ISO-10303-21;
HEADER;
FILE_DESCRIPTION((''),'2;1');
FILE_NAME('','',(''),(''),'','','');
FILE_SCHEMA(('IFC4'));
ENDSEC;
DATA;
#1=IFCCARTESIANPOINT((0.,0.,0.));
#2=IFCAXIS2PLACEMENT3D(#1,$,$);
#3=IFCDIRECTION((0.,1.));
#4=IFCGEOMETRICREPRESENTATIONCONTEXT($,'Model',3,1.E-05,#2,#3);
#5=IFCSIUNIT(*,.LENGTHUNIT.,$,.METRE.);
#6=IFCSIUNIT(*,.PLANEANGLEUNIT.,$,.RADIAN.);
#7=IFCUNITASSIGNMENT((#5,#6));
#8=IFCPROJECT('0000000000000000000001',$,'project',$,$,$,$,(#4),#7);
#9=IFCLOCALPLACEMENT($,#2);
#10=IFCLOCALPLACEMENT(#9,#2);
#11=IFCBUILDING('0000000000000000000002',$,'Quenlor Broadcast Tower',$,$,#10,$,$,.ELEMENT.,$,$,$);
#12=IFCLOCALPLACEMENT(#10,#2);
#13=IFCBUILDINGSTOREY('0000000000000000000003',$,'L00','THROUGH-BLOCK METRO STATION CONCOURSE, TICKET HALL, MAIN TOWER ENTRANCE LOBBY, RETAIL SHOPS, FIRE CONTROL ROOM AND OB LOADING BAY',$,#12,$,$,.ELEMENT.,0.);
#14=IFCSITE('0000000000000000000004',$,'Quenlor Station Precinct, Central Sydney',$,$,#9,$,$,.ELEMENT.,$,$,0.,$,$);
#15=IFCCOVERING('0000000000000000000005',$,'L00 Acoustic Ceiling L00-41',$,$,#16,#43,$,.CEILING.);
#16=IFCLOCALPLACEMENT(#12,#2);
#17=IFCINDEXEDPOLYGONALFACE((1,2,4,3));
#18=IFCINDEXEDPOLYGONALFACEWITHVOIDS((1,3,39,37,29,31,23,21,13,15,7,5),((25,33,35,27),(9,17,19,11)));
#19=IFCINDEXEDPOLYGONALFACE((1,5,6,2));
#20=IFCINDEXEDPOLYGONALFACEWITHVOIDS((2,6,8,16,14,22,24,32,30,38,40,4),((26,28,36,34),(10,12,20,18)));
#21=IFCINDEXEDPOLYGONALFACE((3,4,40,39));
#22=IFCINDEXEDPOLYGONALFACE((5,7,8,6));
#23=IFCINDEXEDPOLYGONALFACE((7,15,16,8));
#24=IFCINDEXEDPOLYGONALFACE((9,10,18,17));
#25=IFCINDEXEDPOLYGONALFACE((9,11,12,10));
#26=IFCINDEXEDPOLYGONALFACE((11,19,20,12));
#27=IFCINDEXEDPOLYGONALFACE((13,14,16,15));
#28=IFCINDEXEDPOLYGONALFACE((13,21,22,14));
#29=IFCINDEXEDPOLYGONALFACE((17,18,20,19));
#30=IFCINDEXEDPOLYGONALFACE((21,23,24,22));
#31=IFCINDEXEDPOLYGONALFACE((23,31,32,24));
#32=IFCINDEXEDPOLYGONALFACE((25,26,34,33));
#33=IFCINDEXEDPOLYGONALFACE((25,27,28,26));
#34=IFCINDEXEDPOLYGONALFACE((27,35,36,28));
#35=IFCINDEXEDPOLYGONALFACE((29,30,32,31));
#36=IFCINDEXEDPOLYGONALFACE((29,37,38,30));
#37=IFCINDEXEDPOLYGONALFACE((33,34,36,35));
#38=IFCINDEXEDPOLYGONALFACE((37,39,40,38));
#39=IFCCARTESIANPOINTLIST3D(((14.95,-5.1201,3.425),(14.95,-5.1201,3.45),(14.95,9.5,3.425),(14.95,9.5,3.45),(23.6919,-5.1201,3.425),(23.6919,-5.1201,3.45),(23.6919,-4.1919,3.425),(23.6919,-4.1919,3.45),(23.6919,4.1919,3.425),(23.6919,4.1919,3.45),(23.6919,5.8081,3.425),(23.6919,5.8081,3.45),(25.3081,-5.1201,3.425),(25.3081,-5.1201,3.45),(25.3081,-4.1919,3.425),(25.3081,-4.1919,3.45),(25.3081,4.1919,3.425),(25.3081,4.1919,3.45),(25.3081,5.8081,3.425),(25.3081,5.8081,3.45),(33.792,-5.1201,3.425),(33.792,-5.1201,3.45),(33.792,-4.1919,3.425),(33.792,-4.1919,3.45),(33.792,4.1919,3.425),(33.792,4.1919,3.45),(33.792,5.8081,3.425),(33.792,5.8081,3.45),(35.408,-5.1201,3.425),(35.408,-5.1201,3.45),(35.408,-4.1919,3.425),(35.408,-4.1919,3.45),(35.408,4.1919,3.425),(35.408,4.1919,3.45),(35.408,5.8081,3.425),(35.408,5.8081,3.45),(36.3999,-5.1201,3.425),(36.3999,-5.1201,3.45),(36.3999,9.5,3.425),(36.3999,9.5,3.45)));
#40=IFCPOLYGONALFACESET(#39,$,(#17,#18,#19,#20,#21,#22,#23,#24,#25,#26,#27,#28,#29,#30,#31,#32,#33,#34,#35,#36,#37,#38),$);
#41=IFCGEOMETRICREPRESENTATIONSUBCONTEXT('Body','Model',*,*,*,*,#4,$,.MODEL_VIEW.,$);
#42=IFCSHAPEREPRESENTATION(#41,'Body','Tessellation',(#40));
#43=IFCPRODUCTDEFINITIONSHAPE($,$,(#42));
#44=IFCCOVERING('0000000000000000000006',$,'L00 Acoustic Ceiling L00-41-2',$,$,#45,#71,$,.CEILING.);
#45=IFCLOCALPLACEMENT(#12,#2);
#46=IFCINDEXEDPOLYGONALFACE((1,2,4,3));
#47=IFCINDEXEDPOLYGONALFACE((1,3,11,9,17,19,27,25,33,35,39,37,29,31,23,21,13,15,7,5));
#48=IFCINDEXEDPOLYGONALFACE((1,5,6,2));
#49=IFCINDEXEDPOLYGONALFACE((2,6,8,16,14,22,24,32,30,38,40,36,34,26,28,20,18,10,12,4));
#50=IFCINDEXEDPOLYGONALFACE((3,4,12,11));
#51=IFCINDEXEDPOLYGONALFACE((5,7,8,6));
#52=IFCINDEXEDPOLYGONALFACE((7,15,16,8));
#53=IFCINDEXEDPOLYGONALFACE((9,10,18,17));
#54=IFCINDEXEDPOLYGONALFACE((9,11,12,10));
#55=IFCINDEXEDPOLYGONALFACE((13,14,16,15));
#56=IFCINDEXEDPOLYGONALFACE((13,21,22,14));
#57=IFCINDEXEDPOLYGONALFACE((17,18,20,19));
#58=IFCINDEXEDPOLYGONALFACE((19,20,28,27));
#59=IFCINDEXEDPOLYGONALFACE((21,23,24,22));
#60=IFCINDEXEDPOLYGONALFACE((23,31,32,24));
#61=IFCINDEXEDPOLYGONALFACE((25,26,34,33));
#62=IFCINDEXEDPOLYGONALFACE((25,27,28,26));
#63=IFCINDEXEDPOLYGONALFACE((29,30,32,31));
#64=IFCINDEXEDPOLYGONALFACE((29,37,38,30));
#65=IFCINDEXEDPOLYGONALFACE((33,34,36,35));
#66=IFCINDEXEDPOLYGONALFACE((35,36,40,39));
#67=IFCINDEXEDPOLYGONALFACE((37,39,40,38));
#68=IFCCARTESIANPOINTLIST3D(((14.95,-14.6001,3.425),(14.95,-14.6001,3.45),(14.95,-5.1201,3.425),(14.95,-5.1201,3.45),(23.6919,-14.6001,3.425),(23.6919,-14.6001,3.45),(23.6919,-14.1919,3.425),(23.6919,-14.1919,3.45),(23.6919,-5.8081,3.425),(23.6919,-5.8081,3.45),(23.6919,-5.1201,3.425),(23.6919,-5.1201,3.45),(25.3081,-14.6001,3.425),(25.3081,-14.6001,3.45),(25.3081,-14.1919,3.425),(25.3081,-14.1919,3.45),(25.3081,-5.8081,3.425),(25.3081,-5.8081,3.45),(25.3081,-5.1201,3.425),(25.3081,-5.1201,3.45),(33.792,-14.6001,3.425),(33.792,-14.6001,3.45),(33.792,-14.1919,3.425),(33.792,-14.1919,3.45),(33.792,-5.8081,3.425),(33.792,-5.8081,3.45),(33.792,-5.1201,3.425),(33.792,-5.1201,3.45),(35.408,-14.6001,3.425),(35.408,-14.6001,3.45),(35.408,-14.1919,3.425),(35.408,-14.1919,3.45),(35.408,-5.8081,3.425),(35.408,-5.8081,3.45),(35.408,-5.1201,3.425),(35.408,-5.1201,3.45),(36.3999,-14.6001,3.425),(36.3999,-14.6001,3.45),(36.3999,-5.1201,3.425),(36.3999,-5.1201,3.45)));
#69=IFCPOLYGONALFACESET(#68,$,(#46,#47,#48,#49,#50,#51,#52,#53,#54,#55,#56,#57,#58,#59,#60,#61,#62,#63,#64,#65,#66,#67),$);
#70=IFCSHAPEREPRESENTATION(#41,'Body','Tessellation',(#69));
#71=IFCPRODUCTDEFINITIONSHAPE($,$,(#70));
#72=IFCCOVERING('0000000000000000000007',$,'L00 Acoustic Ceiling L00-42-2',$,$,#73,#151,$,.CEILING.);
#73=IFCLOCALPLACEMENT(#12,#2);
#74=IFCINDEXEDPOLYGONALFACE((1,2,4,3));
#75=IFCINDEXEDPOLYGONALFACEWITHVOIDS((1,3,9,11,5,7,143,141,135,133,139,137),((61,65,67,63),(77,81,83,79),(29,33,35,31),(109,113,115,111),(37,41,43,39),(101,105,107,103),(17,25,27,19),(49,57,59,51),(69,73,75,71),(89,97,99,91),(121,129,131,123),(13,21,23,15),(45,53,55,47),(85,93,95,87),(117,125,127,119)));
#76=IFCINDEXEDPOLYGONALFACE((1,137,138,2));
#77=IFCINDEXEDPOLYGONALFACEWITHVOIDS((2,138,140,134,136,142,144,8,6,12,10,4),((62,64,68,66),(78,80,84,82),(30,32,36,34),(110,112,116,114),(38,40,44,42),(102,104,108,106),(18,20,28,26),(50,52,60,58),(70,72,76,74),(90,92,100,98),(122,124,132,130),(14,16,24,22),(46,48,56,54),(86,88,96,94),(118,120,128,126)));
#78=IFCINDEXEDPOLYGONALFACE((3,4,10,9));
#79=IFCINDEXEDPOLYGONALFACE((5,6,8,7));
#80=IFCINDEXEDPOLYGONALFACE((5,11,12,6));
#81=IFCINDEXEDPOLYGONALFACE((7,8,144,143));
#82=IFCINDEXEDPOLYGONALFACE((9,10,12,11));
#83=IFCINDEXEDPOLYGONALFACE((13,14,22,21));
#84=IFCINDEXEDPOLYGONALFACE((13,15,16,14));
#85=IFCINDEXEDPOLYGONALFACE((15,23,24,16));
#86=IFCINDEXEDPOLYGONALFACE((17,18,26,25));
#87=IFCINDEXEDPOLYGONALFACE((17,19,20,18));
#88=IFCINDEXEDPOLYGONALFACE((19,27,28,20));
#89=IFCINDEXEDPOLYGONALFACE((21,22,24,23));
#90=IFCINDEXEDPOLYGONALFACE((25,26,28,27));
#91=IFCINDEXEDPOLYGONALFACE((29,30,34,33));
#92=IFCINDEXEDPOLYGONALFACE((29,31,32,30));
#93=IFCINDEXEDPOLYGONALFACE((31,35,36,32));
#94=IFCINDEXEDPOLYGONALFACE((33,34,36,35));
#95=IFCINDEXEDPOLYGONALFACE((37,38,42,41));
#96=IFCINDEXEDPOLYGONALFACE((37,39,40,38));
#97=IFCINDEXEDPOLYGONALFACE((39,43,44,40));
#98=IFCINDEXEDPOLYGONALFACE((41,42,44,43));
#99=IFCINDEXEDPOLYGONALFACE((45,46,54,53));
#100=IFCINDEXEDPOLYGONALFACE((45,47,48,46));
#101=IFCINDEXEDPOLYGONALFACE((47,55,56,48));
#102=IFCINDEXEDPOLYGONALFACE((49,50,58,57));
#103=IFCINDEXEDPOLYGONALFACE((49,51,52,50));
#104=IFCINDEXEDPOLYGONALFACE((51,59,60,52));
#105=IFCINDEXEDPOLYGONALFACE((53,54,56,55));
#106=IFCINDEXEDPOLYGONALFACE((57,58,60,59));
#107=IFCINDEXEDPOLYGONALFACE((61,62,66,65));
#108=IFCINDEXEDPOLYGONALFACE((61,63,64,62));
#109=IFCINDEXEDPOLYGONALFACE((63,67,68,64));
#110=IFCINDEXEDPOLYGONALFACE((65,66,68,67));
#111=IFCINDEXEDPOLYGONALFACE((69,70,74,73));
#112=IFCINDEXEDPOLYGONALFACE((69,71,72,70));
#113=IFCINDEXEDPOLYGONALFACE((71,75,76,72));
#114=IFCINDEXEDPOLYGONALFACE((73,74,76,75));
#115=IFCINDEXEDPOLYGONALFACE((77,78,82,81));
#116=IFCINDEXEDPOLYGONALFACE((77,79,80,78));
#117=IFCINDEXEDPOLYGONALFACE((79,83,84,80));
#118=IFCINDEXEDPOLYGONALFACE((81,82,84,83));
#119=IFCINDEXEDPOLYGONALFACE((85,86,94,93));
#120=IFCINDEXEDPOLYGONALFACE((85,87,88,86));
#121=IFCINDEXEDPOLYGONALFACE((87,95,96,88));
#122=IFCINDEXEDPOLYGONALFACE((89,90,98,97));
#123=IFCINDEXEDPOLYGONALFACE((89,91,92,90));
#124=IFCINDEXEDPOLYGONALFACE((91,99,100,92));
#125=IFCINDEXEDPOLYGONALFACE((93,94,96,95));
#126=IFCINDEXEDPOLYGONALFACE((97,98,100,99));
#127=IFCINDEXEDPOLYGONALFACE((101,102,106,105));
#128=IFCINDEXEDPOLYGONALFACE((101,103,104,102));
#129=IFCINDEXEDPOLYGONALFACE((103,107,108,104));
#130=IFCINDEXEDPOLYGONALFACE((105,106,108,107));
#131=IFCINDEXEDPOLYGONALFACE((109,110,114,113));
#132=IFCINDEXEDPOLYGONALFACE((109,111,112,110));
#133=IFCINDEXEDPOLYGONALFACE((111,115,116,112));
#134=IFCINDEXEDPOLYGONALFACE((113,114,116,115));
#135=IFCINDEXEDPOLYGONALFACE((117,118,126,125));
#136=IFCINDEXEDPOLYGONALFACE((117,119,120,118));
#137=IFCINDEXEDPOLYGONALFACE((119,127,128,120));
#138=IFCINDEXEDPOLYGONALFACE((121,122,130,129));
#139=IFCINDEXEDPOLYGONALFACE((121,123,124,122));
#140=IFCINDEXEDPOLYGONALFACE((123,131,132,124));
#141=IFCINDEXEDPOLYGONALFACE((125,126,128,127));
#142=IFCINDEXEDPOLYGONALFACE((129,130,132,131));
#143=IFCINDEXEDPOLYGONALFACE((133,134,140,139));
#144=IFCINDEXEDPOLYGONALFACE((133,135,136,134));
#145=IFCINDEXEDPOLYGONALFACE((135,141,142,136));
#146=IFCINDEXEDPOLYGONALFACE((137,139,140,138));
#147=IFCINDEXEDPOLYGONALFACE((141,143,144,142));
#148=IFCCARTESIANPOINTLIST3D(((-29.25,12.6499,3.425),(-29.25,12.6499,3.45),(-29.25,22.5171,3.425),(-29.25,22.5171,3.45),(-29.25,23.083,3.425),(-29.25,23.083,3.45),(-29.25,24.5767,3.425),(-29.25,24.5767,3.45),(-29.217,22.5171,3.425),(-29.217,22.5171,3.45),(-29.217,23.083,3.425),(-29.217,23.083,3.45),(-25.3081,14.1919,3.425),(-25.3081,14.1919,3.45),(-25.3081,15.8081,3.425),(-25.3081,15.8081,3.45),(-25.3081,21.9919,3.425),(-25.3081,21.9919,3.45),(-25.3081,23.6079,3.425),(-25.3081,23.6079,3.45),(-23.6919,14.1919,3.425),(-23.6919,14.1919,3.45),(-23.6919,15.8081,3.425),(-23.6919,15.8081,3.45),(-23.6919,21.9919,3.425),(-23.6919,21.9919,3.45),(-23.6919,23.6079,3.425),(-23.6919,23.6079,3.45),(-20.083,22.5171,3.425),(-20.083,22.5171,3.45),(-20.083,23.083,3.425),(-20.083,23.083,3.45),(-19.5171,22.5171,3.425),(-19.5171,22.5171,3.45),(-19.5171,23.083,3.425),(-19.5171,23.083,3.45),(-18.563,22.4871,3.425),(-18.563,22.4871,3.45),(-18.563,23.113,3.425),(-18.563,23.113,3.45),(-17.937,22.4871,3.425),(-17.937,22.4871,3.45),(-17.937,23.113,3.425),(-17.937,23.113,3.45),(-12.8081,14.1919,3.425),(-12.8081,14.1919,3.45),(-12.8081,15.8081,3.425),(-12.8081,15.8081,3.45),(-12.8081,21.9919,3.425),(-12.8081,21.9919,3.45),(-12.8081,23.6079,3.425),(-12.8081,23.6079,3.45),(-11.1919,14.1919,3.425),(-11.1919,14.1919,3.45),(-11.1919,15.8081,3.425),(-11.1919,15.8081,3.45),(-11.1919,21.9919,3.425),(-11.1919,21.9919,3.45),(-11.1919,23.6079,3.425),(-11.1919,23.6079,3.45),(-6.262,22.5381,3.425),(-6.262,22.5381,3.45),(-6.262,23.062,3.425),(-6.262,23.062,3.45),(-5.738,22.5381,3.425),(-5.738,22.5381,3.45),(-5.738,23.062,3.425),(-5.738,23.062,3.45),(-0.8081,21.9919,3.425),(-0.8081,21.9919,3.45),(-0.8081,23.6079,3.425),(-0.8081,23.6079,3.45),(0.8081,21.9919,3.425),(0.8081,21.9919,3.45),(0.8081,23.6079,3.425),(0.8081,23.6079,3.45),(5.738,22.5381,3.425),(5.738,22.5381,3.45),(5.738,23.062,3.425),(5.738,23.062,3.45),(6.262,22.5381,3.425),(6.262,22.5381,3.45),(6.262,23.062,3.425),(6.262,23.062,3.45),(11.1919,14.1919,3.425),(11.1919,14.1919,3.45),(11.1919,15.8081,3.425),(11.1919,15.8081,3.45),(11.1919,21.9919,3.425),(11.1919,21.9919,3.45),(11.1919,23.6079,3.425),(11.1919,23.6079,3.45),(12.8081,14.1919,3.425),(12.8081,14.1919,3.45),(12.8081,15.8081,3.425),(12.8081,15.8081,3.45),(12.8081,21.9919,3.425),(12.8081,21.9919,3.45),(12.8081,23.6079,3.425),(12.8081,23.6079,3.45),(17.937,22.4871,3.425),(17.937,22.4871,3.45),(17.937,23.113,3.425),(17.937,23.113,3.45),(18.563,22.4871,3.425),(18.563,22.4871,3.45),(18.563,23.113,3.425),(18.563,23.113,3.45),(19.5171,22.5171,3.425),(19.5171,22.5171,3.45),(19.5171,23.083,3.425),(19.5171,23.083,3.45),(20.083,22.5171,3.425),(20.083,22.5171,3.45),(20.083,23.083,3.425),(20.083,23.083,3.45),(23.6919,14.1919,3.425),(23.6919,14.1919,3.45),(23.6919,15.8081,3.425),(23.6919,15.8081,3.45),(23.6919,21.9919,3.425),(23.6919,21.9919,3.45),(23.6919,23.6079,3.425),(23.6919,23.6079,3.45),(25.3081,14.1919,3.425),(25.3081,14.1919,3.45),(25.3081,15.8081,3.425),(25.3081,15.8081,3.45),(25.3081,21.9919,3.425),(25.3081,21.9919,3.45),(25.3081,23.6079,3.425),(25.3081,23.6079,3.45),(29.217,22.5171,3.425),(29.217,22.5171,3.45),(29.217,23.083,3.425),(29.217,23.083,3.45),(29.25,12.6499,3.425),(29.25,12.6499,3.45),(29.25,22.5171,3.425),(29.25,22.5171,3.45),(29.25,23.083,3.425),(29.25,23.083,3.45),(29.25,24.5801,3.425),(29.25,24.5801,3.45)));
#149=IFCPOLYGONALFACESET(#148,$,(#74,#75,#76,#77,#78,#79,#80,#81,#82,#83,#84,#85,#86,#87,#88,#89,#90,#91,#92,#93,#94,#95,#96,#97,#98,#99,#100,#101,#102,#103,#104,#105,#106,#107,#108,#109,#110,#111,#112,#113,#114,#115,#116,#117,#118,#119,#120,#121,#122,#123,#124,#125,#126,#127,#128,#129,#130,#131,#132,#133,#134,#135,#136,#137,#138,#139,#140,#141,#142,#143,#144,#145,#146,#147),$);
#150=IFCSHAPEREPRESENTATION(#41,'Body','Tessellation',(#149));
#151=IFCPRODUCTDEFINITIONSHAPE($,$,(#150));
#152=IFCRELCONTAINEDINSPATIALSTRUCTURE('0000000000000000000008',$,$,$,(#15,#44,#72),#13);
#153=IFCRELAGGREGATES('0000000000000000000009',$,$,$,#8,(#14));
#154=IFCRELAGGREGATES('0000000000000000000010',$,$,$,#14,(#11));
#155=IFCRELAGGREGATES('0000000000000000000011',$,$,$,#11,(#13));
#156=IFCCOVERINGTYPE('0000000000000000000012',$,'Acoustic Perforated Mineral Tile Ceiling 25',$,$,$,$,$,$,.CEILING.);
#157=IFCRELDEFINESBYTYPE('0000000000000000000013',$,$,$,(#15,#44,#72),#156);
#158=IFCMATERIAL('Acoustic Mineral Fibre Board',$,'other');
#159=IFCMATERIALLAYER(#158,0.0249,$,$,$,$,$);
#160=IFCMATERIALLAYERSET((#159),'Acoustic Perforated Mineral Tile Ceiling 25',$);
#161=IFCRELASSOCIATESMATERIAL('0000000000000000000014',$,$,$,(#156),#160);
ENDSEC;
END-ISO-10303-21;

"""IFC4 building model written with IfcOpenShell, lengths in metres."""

from ifc_helpers import new_model, si_unit, direction, frame, origin, place, context, subcontext, project, spatial, polyline, outline, extrude, material, layer, layer_set, type_object, element, save


model = new_model("IFC4")

# Units and contexts
model_context = context("Model", 3, precision=1e-05, world=origin(), true_north=direction((0.0, 1.0)))
body_context = subcontext(model_context, "Body", "Model", "MODEL_VIEW")
ifc_project = project(units=[si_unit("LENGTHUNIT", "METRE"), si_unit("PLANEANGLEUNIT", "RADIAN")], contexts=[model_context])

# Site, building, storey
site_placement = place(None, origin())
site = spatial("IfcSite", under=ifc_project, at=site_placement, Name="Quenlor Station Precinct, Central Sydney", CompositionType="ELEMENT", RefElevation=0.0)
building_placement = place(site_placement, origin())
building = spatial("IfcBuilding", under=site, at=building_placement, Name="Quenlor Broadcast Tower", CompositionType="ELEMENT")
storey_placement = place(building_placement, origin())
storey = spatial("IfcBuildingStorey", under=building, at=storey_placement, Name="L00", Description="THROUGH-BLOCK METRO STATION CONCOURSE, TICKET HALL, MAIN TOWER ENTRANCE LOBBY, RETAIL SHOPS, FIRE CONTROL ROOM AND OB LOADING BAY", CompositionType="ELEMENT", Elevation=0.0)

# Coverings
ifc_material_1 = material(Name="Acoustic Mineral Fibre Board", Category="other")
ifc_layer_1 = layer(ifc_material_1, 0.0249)
ifc_layer_set_1 = layer_set([ifc_layer_1], Name="Acoustic Perforated Mineral Tile Ceiling 25")
covering_type_1 = type_object("IfcCoveringType", Name="Acoustic Perforated Mineral Tile Ceiling 25", PredefinedType="CEILING", material=ifc_layer_set_1)
covering_1_placement = place(storey_placement, frame((0.0, 0.0, 3.425)))
element("IfcCovering", 1, at=covering_1_placement, inside=storey, type_object=covering_type_1, Name="L00 Acoustic Ceiling L00-41", PredefinedType="CEILING", context=body_context, shape_type="SweptSolid", body=[
    extrude(outline(polyline([(36.3999, -5.1201), (35.408, -5.1201), (35.408, -4.1919), (33.792, -4.1919), (33.792, -5.1201), (25.3081, -5.1201), (25.3081, -4.1919), (23.6919, -4.1919), (23.6919, -5.1201), (14.95, -5.1201), (14.95, 9.5), (36.3999, 9.5), (36.3999, -5.1201)]), holes=[polyline([(25.3081, 4.1919), (25.3081, 5.8081), (23.6919, 5.8081), (23.6919, 4.1919), (25.3081, 4.1919)]), polyline([(35.408, 4.1919), (35.408, 5.8081), (33.792, 5.8081), (33.792, 4.1919), (35.408, 4.1919)])]), origin(), (0.0, 0.0, 1.0), 0.0249),
])
covering_2_placement = place(storey_placement, frame((0.0, 0.0, 3.425)))
element("IfcCovering", 2, at=covering_2_placement, inside=storey, type_object=covering_type_1, Name="L00 Acoustic Ceiling L00-41-2", PredefinedType="CEILING", context=body_context, shape_type="SweptSolid", body=[
    extrude(outline(polyline([(36.3999, -14.6001), (35.408, -14.6001), (35.408, -14.1919), (33.792, -14.1919), (33.792, -14.6001), (25.3081, -14.6001), (25.3081, -14.1919), (23.6919, -14.1919), (23.6919, -14.6001), (14.95, -14.6001), (14.95, -5.1201), (23.6919, -5.1201), (23.6919, -5.8081), (25.3081, -5.8081), (25.3081, -5.1201), (33.792, -5.1201), (33.792, -5.8081), (35.408, -5.8081), (35.408, -5.1201), (36.3999, -5.1201), (36.3999, -14.6001)])), origin(), (0.0, 0.0, 1.0), 0.0249),
])
covering_3_placement = place(storey_placement, frame((0.0, 0.0, 3.425)))
element("IfcCovering", 3, at=covering_3_placement, inside=storey, type_object=covering_type_1, Name="L00 Acoustic Ceiling L00-42-2", PredefinedType="CEILING", context=body_context, shape_type="SweptSolid", body=[
    extrude(outline(polyline([(-29.217, 22.5171), (-29.217, 23.083), (-29.25, 23.083), (-29.25, 24.5767), (29.25, 24.5801), (29.25, 23.083), (29.217, 23.083), (29.217, 22.5171), (29.25, 22.5171), (29.25, 12.6499), (-29.25, 12.6499), (-29.25, 22.5171), (-29.217, 22.5171)]), holes=[polyline([(-23.6919, 14.1919), (-23.6919, 15.8081), (-25.3081, 15.8081), (-25.3081, 14.1919), (-23.6919, 14.1919)]), polyline([(-23.6919, 21.9919), (-23.6919, 23.6079), (-25.3081, 23.6079), (-25.3081, 21.9919), (-23.6919, 21.9919)]), polyline([(-19.5171, 22.5171), (-19.5171, 23.083), (-20.083, 23.083), (-20.083, 22.5171), (-19.5171, 22.5171)]), polyline([(-17.937, 22.4871), (-17.937, 23.113), (-18.563, 23.113), (-18.563, 22.4871), (-17.937, 22.4871)]), polyline([(12.8081, 14.1919), (12.8081, 15.8081), (11.1919, 15.8081), (11.1919, 14.1919), (12.8081, 14.1919)]), polyline([(-11.1919, 14.1919), (-11.1919, 15.8081), (-12.8081, 15.8081), (-12.8081, 14.1919), (-11.1919, 14.1919)]), polyline([(0.8081, 21.9919), (0.8081, 23.6079), (-0.8081, 23.6079), (-0.8081, 21.9919), (0.8081, 21.9919)]), polyline([(6.262, 22.5381), (6.262, 23.062), (5.738, 23.062), (5.738, 22.5381), (6.262, 22.5381)]), polyline([(-5.738, 22.5381), (-5.738, 23.062), (-6.262, 23.062), (-6.262, 22.5381), (-5.738, 22.5381)]), polyline([(12.8081, 21.9919), (12.8081, 23.6079), (11.1919, 23.6079), (11.1919, 21.9919), (12.8081, 21.9919)]), polyline([(-11.1919, 21.9919), (-11.1919, 23.6079), (-12.8081, 23.6079), (-12.8081, 21.9919), (-11.1919, 21.9919)]), polyline([(25.3081, 14.1919), (25.3081, 15.8081), (23.6919, 15.8081), (23.6919, 14.1919), (25.3081, 14.1919)]), polyline([(20.083, 22.5171), (20.083, 23.083), (19.5171, 23.083), (19.5171, 22.5171), (20.083, 22.5171)]), polyline([(25.3081, 21.9919), (25.3081, 23.6079), (23.6919, 23.6079), (23.6919, 21.9919), (25.3081, 21.9919)]), polyline([(18.563, 22.4871), (18.563, 23.113), (17.937, 23.113), (17.937, 22.4871), (18.563, 22.4871)])]), origin(), (0.0, 0.0, 1.0), 0.0249),
])

save(model, "model.ifc")
